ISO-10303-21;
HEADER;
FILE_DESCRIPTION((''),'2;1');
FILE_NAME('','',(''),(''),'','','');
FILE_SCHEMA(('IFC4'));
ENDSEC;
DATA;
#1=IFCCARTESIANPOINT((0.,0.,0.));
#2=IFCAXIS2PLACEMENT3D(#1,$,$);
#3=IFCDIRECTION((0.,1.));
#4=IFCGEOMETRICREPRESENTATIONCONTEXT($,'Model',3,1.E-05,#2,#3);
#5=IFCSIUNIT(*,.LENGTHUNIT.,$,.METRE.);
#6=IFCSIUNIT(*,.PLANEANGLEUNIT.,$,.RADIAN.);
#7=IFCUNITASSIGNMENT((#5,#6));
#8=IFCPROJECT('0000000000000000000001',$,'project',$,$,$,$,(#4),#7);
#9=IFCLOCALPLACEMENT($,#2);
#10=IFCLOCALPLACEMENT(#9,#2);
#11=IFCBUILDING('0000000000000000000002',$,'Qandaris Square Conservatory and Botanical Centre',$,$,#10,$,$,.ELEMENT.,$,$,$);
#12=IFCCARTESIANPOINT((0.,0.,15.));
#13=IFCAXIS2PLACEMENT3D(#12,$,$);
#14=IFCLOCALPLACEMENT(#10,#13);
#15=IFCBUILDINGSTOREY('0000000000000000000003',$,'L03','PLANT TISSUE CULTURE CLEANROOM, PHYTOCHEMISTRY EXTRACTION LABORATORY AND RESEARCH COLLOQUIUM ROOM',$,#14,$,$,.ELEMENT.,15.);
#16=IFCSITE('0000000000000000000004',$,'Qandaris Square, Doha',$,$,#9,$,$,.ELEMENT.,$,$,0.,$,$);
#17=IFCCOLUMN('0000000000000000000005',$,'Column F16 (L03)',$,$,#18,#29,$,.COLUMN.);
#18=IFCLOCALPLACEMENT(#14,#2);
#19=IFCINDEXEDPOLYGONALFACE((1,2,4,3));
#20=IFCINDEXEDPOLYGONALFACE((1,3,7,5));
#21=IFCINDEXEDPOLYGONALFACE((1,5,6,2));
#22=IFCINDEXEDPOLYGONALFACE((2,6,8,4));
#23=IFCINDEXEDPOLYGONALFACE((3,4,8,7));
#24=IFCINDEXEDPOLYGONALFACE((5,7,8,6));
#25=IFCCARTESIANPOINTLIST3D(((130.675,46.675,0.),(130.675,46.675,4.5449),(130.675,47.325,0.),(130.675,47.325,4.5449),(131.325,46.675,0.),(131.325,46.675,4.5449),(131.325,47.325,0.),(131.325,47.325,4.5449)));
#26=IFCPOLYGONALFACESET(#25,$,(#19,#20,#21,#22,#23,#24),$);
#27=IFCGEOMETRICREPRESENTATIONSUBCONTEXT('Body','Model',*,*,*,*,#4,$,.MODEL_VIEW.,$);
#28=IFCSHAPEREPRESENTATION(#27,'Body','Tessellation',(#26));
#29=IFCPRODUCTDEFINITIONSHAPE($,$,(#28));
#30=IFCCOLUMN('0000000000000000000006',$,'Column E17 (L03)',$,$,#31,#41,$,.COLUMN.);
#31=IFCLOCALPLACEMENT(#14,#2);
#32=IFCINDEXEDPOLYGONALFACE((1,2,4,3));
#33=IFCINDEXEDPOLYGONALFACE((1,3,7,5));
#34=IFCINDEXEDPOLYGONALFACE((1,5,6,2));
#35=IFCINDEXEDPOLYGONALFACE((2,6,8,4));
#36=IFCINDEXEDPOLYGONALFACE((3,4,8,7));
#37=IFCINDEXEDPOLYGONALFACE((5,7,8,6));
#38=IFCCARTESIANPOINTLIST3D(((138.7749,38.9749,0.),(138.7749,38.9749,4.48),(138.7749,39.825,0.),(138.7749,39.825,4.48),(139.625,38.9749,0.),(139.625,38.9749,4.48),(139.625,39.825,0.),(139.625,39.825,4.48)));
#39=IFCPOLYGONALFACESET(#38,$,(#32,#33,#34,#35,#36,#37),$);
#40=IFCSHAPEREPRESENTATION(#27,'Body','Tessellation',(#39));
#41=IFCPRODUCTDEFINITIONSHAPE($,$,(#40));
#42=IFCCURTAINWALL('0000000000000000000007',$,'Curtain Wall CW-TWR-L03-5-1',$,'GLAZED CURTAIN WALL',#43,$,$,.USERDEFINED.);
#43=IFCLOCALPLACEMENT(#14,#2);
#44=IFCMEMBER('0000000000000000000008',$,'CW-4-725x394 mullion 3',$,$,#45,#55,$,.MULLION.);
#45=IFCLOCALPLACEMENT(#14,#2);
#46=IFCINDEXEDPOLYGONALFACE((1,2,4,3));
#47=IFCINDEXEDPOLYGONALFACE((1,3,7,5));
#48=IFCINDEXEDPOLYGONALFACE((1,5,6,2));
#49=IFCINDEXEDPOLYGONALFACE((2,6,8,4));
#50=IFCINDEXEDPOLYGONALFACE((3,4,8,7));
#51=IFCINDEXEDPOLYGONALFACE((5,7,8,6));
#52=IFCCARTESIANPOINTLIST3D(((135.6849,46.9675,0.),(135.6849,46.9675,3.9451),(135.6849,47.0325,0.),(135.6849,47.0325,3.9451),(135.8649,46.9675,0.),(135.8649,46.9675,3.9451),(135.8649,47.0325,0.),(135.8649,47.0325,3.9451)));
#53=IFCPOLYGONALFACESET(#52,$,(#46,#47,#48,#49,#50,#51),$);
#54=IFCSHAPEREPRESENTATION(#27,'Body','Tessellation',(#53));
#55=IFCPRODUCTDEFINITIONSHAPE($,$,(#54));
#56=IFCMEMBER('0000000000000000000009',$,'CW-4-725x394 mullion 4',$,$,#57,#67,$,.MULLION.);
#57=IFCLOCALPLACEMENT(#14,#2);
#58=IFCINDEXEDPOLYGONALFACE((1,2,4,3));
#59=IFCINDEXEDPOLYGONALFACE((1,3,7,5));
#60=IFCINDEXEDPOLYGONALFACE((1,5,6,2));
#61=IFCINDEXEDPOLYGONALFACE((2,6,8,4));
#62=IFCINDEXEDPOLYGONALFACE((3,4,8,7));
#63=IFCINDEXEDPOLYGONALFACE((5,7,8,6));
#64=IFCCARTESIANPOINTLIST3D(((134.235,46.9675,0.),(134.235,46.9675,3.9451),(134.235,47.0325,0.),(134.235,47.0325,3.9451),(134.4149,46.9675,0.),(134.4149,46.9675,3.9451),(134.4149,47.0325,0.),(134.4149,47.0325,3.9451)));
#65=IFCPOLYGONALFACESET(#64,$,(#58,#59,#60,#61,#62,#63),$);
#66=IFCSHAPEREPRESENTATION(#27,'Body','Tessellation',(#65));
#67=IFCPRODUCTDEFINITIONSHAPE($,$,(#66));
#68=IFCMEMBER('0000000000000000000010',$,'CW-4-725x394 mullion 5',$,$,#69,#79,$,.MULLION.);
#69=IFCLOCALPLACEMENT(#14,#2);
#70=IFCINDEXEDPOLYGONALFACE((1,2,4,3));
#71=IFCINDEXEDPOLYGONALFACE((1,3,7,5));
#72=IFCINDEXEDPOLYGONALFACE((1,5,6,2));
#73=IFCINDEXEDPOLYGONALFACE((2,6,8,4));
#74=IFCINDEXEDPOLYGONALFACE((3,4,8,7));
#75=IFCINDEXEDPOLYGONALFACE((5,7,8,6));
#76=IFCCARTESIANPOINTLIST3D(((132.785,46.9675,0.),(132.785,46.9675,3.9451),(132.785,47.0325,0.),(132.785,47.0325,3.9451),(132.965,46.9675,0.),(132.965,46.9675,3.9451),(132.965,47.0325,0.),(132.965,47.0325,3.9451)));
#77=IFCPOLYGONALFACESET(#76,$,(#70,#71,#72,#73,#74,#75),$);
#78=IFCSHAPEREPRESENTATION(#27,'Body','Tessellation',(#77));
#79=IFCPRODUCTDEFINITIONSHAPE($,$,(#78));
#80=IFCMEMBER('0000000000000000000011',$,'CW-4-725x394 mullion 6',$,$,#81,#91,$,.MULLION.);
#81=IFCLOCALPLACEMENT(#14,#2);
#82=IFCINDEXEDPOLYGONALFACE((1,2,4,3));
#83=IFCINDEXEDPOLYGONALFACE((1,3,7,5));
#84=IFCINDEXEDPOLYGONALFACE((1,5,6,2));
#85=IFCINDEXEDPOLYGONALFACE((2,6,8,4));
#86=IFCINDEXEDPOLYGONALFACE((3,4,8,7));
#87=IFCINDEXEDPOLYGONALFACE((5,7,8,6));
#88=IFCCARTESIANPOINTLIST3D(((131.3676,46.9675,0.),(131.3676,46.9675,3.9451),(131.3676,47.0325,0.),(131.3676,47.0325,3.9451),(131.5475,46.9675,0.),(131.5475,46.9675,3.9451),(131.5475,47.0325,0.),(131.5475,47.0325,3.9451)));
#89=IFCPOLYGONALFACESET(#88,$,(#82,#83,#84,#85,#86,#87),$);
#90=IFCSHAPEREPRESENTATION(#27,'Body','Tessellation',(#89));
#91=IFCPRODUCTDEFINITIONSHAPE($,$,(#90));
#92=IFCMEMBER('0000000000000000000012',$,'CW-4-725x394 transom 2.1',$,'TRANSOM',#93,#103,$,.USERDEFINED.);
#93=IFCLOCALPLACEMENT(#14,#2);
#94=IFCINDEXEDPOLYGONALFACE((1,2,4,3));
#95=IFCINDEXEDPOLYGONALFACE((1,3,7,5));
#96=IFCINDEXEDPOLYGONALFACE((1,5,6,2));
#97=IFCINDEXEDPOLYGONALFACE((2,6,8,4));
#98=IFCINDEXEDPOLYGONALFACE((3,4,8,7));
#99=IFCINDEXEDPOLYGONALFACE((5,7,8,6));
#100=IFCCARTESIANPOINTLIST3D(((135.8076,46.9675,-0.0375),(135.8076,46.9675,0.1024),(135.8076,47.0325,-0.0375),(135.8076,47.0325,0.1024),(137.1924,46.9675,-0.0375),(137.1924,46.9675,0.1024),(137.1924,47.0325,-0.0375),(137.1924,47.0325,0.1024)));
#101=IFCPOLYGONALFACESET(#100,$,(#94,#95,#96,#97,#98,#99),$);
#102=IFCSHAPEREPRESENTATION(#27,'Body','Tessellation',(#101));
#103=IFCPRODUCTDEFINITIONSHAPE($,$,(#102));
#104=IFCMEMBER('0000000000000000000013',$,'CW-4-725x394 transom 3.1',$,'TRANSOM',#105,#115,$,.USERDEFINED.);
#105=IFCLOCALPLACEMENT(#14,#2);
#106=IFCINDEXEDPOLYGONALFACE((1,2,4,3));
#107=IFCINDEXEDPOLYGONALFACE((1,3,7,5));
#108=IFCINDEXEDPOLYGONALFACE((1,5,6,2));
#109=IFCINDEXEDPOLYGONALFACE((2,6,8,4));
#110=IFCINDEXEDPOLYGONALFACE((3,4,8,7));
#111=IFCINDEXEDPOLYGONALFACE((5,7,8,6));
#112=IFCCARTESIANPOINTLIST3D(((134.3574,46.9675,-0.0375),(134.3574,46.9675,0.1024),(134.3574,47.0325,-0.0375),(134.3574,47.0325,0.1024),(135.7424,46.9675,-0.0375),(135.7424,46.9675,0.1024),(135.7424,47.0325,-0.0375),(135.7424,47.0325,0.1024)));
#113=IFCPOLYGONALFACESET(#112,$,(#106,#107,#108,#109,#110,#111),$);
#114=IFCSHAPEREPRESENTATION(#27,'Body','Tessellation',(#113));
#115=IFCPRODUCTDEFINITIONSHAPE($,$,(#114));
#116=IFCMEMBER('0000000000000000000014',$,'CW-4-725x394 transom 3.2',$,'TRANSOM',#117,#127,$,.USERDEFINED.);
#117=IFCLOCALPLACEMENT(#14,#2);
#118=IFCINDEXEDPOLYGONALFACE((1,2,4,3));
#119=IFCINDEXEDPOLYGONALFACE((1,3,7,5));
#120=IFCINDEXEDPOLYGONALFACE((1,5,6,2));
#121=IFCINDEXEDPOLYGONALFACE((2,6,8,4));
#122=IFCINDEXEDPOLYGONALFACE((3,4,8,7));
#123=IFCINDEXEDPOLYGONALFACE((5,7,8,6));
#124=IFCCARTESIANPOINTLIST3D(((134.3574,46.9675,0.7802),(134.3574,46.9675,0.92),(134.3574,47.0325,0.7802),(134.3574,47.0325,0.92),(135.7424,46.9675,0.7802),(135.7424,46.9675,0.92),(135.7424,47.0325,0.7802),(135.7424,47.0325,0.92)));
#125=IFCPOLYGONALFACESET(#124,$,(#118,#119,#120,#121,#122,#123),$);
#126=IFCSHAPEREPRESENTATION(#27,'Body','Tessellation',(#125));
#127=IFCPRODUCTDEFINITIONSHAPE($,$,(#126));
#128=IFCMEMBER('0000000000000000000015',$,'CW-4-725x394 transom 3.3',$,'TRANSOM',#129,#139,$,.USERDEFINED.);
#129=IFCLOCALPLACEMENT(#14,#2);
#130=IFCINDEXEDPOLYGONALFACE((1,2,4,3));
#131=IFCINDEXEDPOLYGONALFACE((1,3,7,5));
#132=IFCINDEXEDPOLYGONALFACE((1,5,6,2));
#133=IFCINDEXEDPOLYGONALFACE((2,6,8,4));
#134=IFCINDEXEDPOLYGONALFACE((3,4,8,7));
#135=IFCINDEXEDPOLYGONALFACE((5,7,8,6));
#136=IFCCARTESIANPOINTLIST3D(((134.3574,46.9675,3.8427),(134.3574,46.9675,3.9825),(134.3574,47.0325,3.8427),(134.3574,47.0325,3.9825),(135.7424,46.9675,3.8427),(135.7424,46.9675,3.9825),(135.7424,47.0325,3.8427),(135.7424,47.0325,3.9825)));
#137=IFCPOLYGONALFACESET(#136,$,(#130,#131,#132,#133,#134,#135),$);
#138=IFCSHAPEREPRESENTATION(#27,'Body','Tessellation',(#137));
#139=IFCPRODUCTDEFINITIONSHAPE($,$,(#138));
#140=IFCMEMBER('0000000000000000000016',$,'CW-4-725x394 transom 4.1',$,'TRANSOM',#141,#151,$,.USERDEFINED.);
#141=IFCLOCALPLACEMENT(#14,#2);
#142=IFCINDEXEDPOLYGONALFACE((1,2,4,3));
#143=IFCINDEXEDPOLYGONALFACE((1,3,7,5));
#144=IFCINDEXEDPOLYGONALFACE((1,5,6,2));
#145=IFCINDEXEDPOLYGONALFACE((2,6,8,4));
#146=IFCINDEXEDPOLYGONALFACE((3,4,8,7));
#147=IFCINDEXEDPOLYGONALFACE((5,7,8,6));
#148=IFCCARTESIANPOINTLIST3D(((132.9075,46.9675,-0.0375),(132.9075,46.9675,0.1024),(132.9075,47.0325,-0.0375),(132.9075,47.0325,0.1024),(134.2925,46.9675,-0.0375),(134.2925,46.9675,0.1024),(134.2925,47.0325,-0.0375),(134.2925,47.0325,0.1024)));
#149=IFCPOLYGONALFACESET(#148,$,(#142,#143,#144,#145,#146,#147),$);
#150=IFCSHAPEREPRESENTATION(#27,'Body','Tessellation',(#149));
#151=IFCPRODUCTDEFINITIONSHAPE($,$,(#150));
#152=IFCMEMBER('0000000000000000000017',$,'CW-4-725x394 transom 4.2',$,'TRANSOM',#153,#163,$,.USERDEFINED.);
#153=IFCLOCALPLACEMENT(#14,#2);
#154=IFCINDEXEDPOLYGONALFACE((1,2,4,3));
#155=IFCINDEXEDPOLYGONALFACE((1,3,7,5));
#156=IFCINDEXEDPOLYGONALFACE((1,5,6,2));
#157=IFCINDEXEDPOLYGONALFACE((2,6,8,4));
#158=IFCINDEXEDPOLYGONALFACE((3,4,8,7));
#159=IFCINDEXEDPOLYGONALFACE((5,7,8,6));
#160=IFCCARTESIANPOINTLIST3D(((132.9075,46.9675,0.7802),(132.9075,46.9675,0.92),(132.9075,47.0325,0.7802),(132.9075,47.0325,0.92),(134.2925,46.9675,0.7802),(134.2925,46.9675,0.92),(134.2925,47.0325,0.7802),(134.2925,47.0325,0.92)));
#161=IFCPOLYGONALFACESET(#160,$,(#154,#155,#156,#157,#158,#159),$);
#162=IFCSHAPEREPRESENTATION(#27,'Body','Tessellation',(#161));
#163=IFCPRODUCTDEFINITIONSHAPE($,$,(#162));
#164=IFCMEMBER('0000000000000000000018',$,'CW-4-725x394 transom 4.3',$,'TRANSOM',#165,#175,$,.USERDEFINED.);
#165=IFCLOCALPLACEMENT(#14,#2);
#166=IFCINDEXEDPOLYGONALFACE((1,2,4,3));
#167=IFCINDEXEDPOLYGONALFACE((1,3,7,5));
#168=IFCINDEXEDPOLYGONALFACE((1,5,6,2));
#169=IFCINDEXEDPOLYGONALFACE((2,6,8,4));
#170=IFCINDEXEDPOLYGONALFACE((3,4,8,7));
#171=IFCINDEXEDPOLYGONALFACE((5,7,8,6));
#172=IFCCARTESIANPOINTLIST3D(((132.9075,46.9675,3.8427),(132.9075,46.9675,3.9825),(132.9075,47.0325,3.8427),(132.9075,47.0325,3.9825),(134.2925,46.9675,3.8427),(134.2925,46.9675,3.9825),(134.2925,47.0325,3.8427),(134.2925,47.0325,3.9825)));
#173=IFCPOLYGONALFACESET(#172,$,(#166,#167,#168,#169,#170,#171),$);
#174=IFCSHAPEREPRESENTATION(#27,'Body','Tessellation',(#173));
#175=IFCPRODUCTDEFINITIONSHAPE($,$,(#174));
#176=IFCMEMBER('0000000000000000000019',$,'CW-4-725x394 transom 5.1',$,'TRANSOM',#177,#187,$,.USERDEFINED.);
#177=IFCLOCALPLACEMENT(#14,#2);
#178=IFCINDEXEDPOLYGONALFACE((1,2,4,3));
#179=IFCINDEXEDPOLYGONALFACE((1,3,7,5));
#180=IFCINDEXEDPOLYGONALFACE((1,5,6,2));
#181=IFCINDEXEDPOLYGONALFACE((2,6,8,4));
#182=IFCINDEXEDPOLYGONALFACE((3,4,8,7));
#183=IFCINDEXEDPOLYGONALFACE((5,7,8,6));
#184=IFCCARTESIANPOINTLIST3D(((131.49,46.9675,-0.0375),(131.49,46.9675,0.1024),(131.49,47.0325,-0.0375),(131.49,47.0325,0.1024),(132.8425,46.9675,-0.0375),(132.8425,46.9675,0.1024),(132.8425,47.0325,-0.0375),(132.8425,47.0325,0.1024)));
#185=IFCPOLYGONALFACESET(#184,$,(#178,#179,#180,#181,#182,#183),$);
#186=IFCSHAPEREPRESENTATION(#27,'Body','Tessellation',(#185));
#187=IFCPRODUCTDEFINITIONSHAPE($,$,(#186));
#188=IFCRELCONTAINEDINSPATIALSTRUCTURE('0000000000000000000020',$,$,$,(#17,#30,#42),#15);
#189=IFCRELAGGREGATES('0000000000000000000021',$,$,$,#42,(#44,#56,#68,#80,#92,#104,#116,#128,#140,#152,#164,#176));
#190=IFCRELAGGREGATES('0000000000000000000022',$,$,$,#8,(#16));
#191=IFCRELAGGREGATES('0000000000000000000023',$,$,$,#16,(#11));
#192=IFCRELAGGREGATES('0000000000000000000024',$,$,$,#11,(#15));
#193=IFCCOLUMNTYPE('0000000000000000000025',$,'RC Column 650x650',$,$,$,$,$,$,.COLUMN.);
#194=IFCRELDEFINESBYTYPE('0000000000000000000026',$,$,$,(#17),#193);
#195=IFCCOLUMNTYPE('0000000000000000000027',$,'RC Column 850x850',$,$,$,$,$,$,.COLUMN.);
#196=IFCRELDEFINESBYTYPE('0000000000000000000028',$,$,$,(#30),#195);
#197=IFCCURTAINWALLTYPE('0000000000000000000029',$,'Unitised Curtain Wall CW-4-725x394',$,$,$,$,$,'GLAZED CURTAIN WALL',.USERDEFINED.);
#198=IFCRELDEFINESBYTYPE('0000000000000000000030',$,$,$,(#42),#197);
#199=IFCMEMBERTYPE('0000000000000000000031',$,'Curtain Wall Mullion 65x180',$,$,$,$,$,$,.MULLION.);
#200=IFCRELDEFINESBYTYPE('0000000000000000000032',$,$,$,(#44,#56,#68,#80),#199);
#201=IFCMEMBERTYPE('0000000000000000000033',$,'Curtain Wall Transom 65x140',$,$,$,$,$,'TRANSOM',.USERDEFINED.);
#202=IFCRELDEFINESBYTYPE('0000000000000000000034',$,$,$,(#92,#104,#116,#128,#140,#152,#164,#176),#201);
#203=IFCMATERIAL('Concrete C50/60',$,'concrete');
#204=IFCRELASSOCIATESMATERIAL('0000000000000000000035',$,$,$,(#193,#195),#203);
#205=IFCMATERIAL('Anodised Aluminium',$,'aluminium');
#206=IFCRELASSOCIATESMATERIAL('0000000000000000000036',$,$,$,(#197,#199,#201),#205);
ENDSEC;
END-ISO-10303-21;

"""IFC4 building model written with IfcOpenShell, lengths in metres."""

from ifc_helpers import new_model, si_unit, direction, frame, origin, origin_2d, place, context, subcontext, project, spatial, rectangle, extrude, material, material_profile, profile_set, type_object, element, aggregate, save


model = new_model("IFC4")

# Units and contexts
model_context = context("Model", 3, precision=1e-05, world=origin(), true_north=direction((0.0, 1.0)))
body_context = subcontext(model_context, "Body", "Model", "MODEL_VIEW")
ifc_project = project(units=[si_unit("LENGTHUNIT", "METRE"), si_unit("PLANEANGLEUNIT", "RADIAN")], contexts=[model_context])

# Site, building, storey
site_placement = place(None, origin())
site = spatial("IfcSite", under=ifc_project, at=site_placement, Name="Qandaris Square, Doha", CompositionType="ELEMENT", RefElevation=0.0)
building_placement = place(site_placement, origin())
building = spatial("IfcBuilding", under=site, at=building_placement, Name="Qandaris Square Conservatory and Botanical Centre", CompositionType="ELEMENT")
storey_placement = place(building_placement, frame((0.0, 0.0, 15.0)))
storey = spatial("IfcBuildingStorey", under=building, at=storey_placement, Name="L03", Description="PLANT TISSUE CULTURE CLEANROOM, PHYTOCHEMISTRY EXTRACTION LABORATORY AND RESEARCH COLLOQUIUM ROOM", CompositionType="ELEMENT", Elevation=15.0)

# Columns
ifc_material_1 = material(Name="Concrete C50/60", Category="concrete")
ifc_material_profile_1 = material_profile(ifc_material_1, rectangle(XDim=0.6499, YDim=0.6499, at=origin_2d()), Name="RC-COL 650x650")
ifc_profile_set_1 = profile_set([ifc_material_profile_1], Name="Concrete C50/60")
column_type_1 = type_object("IfcColumnType", Name="RC Column 650x650", PredefinedType="COLUMN", material=ifc_profile_set_1)
column_1_placement = place(storey_placement, frame((131.0, 47.0, 0.0), z_axis=(0.0, 0.0, 1.0), x_axis=(1.0, 0.0, 0.0)))
element("IfcColumn", 1, at=column_1_placement, inside=storey, type_object=column_type_1, Name="Column F16 (L03)", PredefinedType="COLUMN", context=body_context, shape_type="SweptSolid", body=[
    extrude(rectangle(XDim=0.6499, YDim=0.6499, at=origin_2d()), origin(), (0.0, 0.0, 1.0), 4.5449),
])
ifc_material_profile_2 = material_profile(ifc_material_1, rectangle(XDim=0.8501, YDim=0.8501, at=origin_2d()), Name="RC-COL 850x850")
ifc_profile_set_2 = profile_set([ifc_material_profile_2], Name="Concrete C50/60")
column_type_2 = type_object("IfcColumnType", Name="RC Column 850x850", PredefinedType="COLUMN", material=ifc_profile_set_2)
column_2_placement = place(storey_placement, frame((139.2, 39.3999, 0.0), z_axis=(0.0, 0.0, 1.0), x_axis=(1.0, 0.0, 0.0)))
element("IfcColumn", 2, at=column_2_placement, inside=storey, type_object=column_type_2, Name="Column E17 (L03)", PredefinedType="COLUMN", context=body_context, shape_type="SweptSolid", body=[
    extrude(rectangle(XDim=0.8501, YDim=0.8501, at=origin_2d()), origin(), (0.0, 0.0, 1.0), 4.48),
])

# Curtain wall, members
ifc_material_2 = material(Name="Anodised Aluminium", Category="aluminium")
curtain_wall_type = type_object("IfcCurtainWallType", Name="Unitised Curtain Wall CW-4-725x394", ElementType="GLAZED CURTAIN WALL", PredefinedType="USERDEFINED", material=ifc_material_2)
curtain_wall_placement = place(storey_placement, origin())
curtain_wall = element("IfcCurtainWall", 3, at=curtain_wall_placement, inside=storey, type_object=curtain_wall_type, Name="Curtain Wall CW-TWR-L03-5-1", ObjectType="GLAZED CURTAIN WALL", PredefinedType="USERDEFINED")
ifc_material_profile_3 = material_profile(ifc_material_2, rectangle(XDim=0.0649, YDim=0.1799, at=origin_2d()), Name="ALU-MUL 65x180")
ifc_profile_set_3 = profile_set([ifc_material_profile_3], Name="Anodised Aluminium")
member_type_1 = type_object("IfcMemberType", Name="Curtain Wall Mullion 65x180", PredefinedType="MULLION", material=ifc_profile_set_3)
member_1_placement = place(storey_placement, frame((135.7749, 47.0, 0.0), z_axis=(0.0, 0.0, 1.0), x_axis=(0.0, -1.0, 0.0)))
member_1 = element("IfcMember", 4, at=member_1_placement, type_object=member_type_1, Name="CW-4-725x394 mullion 3", PredefinedType="MULLION", context=body_context, shape_type="SweptSolid", body=[
    extrude(rectangle(XDim=0.0649, YDim=0.1799, at=origin_2d()), origin(), (0.0, 0.0, 1.0), 3.9451),
])
member_2_placement = place(storey_placement, frame((134.325, 47.0, 0.0), z_axis=(0.0, 0.0, 1.0), x_axis=(0.0, -1.0, 0.0)))
member_2 = element("IfcMember", 5, at=member_2_placement, type_object=member_type_1, Name="CW-4-725x394 mullion 4", PredefinedType="MULLION", context=body_context, shape_type="SweptSolid", body=[
    extrude(rectangle(XDim=0.0649, YDim=0.1799, at=origin_2d()), origin(), (0.0, 0.0, 1.0), 3.9451),
])
member_3_placement = place(storey_placement, frame((132.875, 47.0, 0.0), z_axis=(0.0, 0.0, 1.0), x_axis=(0.0, -1.0, 0.0)))
member_3 = element("IfcMember", 6, at=member_3_placement, type_object=member_type_1, Name="CW-4-725x394 mullion 5", PredefinedType="MULLION", context=body_context, shape_type="SweptSolid", body=[
    extrude(rectangle(XDim=0.0649, YDim=0.1799, at=origin_2d()), origin(), (0.0, 0.0, 1.0), 3.9451),
])
member_4_placement = place(storey_placement, frame((131.4575, 47.0, 0.0), z_axis=(0.0, 0.0, 1.0), x_axis=(0.0, -1.0, 0.0)))
member_4 = element("IfcMember", 7, at=member_4_placement, type_object=member_type_1, Name="CW-4-725x394 mullion 6", PredefinedType="MULLION", context=body_context, shape_type="SweptSolid", body=[
    extrude(rectangle(XDim=0.0649, YDim=0.1799, at=origin_2d()), origin(), (0.0, 0.0, 1.0), 3.9451),
])
ifc_material_profile_4 = material_profile(ifc_material_2, rectangle(XDim=0.0649, YDim=0.1399, at=origin_2d()), Name="ALU-TRN 65x140")
ifc_profile_set_4 = profile_set([ifc_material_profile_4], Name="Anodised Aluminium")
member_type_2 = type_object("IfcMemberType", Name="Curtain Wall Transom 65x140", ElementType="TRANSOM", PredefinedType="USERDEFINED", material=ifc_profile_set_4)
member_5_placement = place(storey_placement, frame((137.1924, 47.0, 0.0325), z_axis=(-1.0, 0.0, 0.0), x_axis=(0.0, -1.0, 0.0)))
member_5 = element("IfcMember", 8, at=member_5_placement, type_object=member_type_2, Name="CW-4-725x394 transom 2.1", ObjectType="TRANSOM", PredefinedType="USERDEFINED", context=body_context, shape_type="SweptSolid", body=[
    extrude(rectangle(XDim=0.0649, YDim=0.1399, at=origin_2d()), origin(), (0.0, 0.0, 1.0), 1.3848),
])
member_6_placement = place(storey_placement, frame((135.7424, 47.0, 0.0325), z_axis=(-1.0, 0.0, 0.0), x_axis=(0.0, -1.0, 0.0)))
member_6 = element("IfcMember", 9, at=member_6_placement, type_object=member_type_2, Name="CW-4-725x394 transom 3.1", ObjectType="TRANSOM", PredefinedType="USERDEFINED", context=body_context, shape_type="SweptSolid", body=[
    extrude(rectangle(XDim=0.0649, YDim=0.1399, at=origin_2d()), origin(), (0.0, 0.0, 1.0), 1.385),
])
member_7_placement = place(storey_placement, frame((135.7424, 47.0, 0.8501), z_axis=(-1.0, 0.0, 0.0), x_axis=(0.0, -1.0, 0.0)))
member_7 = element("IfcMember", 10, at=member_7_placement, type_object=member_type_2, Name="CW-4-725x394 transom 3.2", ObjectType="TRANSOM", PredefinedType="USERDEFINED", context=body_context, shape_type="SweptSolid", body=[
    extrude(rectangle(XDim=0.0649, YDim=0.1399, at=origin_2d()), origin(), (0.0, 0.0, 1.0), 1.385),
])
member_8_placement = place(storey_placement, frame((135.7424, 47.0, 3.9126), z_axis=(-1.0, 0.0, 0.0), x_axis=(0.0, -1.0, 0.0)))
member_8 = element("IfcMember", 11, at=member_8_placement, type_object=member_type_2, Name="CW-4-725x394 transom 3.3", ObjectType="TRANSOM", PredefinedType="USERDEFINED", context=body_context, shape_type="SweptSolid", body=[
    extrude(rectangle(XDim=0.0649, YDim=0.1399, at=origin_2d()), origin(), (0.0, 0.0, 1.0), 1.385),
])
member_9_placement = place(storey_placement, frame((134.2925, 47.0, 0.0325), z_axis=(-1.0, 0.0, 0.0), x_axis=(0.0, -1.0, 0.0)))
member_9 = element("IfcMember", 12, at=member_9_placement, type_object=member_type_2, Name="CW-4-725x394 transom 4.1", ObjectType="TRANSOM", PredefinedType="USERDEFINED", context=body_context, shape_type="SweptSolid", body=[
    extrude(rectangle(XDim=0.0649, YDim=0.1399, at=origin_2d()), origin(), (0.0, 0.0, 1.0), 1.385),
])
member_10_placement = place(storey_placement, frame((134.2925, 47.0, 0.8501), z_axis=(-1.0, 0.0, 0.0), x_axis=(0.0, -1.0, 0.0)))
member_10 = element("IfcMember", 13, at=member_10_placement, type_object=member_type_2, Name="CW-4-725x394 transom 4.2", ObjectType="TRANSOM", PredefinedType="USERDEFINED", context=body_context, shape_type="SweptSolid", body=[
    extrude(rectangle(XDim=0.0649, YDim=0.1399, at=origin_2d()), origin(), (0.0, 0.0, 1.0), 1.385),
])
member_11_placement = place(storey_placement, frame((134.2925, 47.0, 3.9126), z_axis=(-1.0, 0.0, 0.0), x_axis=(0.0, -1.0, 0.0)))
member_11 = element("IfcMember", 14, at=member_11_placement, type_object=member_type_2, Name="CW-4-725x394 transom 4.3", ObjectType="TRANSOM", PredefinedType="USERDEFINED", context=body_context, shape_type="SweptSolid", body=[
    extrude(rectangle(XDim=0.0649, YDim=0.1399, at=origin_2d()), origin(), (0.0, 0.0, 1.0), 1.385),
])
member_12_placement = place(storey_placement, frame((132.8425, 47.0, 0.0325), z_axis=(-1.0, 0.0, 0.0), x_axis=(0.0, -1.0, 0.0)))
member_12 = element("IfcMember", 15, at=member_12_placement, type_object=member_type_2, Name="CW-4-725x394 transom 5.1", ObjectType="TRANSOM", PredefinedType="USERDEFINED", context=body_context, shape_type="SweptSolid", body=[
    extrude(rectangle(XDim=0.0649, YDim=0.1399, at=origin_2d()), origin(), (0.0, 0.0, 1.0), 1.3525),
])

aggregate(curtain_wall, [member_1, member_2, member_3, member_4, member_5, member_6, member_7, member_8, member_9, member_10, member_11, member_12])

save(model, "model.ifc")
